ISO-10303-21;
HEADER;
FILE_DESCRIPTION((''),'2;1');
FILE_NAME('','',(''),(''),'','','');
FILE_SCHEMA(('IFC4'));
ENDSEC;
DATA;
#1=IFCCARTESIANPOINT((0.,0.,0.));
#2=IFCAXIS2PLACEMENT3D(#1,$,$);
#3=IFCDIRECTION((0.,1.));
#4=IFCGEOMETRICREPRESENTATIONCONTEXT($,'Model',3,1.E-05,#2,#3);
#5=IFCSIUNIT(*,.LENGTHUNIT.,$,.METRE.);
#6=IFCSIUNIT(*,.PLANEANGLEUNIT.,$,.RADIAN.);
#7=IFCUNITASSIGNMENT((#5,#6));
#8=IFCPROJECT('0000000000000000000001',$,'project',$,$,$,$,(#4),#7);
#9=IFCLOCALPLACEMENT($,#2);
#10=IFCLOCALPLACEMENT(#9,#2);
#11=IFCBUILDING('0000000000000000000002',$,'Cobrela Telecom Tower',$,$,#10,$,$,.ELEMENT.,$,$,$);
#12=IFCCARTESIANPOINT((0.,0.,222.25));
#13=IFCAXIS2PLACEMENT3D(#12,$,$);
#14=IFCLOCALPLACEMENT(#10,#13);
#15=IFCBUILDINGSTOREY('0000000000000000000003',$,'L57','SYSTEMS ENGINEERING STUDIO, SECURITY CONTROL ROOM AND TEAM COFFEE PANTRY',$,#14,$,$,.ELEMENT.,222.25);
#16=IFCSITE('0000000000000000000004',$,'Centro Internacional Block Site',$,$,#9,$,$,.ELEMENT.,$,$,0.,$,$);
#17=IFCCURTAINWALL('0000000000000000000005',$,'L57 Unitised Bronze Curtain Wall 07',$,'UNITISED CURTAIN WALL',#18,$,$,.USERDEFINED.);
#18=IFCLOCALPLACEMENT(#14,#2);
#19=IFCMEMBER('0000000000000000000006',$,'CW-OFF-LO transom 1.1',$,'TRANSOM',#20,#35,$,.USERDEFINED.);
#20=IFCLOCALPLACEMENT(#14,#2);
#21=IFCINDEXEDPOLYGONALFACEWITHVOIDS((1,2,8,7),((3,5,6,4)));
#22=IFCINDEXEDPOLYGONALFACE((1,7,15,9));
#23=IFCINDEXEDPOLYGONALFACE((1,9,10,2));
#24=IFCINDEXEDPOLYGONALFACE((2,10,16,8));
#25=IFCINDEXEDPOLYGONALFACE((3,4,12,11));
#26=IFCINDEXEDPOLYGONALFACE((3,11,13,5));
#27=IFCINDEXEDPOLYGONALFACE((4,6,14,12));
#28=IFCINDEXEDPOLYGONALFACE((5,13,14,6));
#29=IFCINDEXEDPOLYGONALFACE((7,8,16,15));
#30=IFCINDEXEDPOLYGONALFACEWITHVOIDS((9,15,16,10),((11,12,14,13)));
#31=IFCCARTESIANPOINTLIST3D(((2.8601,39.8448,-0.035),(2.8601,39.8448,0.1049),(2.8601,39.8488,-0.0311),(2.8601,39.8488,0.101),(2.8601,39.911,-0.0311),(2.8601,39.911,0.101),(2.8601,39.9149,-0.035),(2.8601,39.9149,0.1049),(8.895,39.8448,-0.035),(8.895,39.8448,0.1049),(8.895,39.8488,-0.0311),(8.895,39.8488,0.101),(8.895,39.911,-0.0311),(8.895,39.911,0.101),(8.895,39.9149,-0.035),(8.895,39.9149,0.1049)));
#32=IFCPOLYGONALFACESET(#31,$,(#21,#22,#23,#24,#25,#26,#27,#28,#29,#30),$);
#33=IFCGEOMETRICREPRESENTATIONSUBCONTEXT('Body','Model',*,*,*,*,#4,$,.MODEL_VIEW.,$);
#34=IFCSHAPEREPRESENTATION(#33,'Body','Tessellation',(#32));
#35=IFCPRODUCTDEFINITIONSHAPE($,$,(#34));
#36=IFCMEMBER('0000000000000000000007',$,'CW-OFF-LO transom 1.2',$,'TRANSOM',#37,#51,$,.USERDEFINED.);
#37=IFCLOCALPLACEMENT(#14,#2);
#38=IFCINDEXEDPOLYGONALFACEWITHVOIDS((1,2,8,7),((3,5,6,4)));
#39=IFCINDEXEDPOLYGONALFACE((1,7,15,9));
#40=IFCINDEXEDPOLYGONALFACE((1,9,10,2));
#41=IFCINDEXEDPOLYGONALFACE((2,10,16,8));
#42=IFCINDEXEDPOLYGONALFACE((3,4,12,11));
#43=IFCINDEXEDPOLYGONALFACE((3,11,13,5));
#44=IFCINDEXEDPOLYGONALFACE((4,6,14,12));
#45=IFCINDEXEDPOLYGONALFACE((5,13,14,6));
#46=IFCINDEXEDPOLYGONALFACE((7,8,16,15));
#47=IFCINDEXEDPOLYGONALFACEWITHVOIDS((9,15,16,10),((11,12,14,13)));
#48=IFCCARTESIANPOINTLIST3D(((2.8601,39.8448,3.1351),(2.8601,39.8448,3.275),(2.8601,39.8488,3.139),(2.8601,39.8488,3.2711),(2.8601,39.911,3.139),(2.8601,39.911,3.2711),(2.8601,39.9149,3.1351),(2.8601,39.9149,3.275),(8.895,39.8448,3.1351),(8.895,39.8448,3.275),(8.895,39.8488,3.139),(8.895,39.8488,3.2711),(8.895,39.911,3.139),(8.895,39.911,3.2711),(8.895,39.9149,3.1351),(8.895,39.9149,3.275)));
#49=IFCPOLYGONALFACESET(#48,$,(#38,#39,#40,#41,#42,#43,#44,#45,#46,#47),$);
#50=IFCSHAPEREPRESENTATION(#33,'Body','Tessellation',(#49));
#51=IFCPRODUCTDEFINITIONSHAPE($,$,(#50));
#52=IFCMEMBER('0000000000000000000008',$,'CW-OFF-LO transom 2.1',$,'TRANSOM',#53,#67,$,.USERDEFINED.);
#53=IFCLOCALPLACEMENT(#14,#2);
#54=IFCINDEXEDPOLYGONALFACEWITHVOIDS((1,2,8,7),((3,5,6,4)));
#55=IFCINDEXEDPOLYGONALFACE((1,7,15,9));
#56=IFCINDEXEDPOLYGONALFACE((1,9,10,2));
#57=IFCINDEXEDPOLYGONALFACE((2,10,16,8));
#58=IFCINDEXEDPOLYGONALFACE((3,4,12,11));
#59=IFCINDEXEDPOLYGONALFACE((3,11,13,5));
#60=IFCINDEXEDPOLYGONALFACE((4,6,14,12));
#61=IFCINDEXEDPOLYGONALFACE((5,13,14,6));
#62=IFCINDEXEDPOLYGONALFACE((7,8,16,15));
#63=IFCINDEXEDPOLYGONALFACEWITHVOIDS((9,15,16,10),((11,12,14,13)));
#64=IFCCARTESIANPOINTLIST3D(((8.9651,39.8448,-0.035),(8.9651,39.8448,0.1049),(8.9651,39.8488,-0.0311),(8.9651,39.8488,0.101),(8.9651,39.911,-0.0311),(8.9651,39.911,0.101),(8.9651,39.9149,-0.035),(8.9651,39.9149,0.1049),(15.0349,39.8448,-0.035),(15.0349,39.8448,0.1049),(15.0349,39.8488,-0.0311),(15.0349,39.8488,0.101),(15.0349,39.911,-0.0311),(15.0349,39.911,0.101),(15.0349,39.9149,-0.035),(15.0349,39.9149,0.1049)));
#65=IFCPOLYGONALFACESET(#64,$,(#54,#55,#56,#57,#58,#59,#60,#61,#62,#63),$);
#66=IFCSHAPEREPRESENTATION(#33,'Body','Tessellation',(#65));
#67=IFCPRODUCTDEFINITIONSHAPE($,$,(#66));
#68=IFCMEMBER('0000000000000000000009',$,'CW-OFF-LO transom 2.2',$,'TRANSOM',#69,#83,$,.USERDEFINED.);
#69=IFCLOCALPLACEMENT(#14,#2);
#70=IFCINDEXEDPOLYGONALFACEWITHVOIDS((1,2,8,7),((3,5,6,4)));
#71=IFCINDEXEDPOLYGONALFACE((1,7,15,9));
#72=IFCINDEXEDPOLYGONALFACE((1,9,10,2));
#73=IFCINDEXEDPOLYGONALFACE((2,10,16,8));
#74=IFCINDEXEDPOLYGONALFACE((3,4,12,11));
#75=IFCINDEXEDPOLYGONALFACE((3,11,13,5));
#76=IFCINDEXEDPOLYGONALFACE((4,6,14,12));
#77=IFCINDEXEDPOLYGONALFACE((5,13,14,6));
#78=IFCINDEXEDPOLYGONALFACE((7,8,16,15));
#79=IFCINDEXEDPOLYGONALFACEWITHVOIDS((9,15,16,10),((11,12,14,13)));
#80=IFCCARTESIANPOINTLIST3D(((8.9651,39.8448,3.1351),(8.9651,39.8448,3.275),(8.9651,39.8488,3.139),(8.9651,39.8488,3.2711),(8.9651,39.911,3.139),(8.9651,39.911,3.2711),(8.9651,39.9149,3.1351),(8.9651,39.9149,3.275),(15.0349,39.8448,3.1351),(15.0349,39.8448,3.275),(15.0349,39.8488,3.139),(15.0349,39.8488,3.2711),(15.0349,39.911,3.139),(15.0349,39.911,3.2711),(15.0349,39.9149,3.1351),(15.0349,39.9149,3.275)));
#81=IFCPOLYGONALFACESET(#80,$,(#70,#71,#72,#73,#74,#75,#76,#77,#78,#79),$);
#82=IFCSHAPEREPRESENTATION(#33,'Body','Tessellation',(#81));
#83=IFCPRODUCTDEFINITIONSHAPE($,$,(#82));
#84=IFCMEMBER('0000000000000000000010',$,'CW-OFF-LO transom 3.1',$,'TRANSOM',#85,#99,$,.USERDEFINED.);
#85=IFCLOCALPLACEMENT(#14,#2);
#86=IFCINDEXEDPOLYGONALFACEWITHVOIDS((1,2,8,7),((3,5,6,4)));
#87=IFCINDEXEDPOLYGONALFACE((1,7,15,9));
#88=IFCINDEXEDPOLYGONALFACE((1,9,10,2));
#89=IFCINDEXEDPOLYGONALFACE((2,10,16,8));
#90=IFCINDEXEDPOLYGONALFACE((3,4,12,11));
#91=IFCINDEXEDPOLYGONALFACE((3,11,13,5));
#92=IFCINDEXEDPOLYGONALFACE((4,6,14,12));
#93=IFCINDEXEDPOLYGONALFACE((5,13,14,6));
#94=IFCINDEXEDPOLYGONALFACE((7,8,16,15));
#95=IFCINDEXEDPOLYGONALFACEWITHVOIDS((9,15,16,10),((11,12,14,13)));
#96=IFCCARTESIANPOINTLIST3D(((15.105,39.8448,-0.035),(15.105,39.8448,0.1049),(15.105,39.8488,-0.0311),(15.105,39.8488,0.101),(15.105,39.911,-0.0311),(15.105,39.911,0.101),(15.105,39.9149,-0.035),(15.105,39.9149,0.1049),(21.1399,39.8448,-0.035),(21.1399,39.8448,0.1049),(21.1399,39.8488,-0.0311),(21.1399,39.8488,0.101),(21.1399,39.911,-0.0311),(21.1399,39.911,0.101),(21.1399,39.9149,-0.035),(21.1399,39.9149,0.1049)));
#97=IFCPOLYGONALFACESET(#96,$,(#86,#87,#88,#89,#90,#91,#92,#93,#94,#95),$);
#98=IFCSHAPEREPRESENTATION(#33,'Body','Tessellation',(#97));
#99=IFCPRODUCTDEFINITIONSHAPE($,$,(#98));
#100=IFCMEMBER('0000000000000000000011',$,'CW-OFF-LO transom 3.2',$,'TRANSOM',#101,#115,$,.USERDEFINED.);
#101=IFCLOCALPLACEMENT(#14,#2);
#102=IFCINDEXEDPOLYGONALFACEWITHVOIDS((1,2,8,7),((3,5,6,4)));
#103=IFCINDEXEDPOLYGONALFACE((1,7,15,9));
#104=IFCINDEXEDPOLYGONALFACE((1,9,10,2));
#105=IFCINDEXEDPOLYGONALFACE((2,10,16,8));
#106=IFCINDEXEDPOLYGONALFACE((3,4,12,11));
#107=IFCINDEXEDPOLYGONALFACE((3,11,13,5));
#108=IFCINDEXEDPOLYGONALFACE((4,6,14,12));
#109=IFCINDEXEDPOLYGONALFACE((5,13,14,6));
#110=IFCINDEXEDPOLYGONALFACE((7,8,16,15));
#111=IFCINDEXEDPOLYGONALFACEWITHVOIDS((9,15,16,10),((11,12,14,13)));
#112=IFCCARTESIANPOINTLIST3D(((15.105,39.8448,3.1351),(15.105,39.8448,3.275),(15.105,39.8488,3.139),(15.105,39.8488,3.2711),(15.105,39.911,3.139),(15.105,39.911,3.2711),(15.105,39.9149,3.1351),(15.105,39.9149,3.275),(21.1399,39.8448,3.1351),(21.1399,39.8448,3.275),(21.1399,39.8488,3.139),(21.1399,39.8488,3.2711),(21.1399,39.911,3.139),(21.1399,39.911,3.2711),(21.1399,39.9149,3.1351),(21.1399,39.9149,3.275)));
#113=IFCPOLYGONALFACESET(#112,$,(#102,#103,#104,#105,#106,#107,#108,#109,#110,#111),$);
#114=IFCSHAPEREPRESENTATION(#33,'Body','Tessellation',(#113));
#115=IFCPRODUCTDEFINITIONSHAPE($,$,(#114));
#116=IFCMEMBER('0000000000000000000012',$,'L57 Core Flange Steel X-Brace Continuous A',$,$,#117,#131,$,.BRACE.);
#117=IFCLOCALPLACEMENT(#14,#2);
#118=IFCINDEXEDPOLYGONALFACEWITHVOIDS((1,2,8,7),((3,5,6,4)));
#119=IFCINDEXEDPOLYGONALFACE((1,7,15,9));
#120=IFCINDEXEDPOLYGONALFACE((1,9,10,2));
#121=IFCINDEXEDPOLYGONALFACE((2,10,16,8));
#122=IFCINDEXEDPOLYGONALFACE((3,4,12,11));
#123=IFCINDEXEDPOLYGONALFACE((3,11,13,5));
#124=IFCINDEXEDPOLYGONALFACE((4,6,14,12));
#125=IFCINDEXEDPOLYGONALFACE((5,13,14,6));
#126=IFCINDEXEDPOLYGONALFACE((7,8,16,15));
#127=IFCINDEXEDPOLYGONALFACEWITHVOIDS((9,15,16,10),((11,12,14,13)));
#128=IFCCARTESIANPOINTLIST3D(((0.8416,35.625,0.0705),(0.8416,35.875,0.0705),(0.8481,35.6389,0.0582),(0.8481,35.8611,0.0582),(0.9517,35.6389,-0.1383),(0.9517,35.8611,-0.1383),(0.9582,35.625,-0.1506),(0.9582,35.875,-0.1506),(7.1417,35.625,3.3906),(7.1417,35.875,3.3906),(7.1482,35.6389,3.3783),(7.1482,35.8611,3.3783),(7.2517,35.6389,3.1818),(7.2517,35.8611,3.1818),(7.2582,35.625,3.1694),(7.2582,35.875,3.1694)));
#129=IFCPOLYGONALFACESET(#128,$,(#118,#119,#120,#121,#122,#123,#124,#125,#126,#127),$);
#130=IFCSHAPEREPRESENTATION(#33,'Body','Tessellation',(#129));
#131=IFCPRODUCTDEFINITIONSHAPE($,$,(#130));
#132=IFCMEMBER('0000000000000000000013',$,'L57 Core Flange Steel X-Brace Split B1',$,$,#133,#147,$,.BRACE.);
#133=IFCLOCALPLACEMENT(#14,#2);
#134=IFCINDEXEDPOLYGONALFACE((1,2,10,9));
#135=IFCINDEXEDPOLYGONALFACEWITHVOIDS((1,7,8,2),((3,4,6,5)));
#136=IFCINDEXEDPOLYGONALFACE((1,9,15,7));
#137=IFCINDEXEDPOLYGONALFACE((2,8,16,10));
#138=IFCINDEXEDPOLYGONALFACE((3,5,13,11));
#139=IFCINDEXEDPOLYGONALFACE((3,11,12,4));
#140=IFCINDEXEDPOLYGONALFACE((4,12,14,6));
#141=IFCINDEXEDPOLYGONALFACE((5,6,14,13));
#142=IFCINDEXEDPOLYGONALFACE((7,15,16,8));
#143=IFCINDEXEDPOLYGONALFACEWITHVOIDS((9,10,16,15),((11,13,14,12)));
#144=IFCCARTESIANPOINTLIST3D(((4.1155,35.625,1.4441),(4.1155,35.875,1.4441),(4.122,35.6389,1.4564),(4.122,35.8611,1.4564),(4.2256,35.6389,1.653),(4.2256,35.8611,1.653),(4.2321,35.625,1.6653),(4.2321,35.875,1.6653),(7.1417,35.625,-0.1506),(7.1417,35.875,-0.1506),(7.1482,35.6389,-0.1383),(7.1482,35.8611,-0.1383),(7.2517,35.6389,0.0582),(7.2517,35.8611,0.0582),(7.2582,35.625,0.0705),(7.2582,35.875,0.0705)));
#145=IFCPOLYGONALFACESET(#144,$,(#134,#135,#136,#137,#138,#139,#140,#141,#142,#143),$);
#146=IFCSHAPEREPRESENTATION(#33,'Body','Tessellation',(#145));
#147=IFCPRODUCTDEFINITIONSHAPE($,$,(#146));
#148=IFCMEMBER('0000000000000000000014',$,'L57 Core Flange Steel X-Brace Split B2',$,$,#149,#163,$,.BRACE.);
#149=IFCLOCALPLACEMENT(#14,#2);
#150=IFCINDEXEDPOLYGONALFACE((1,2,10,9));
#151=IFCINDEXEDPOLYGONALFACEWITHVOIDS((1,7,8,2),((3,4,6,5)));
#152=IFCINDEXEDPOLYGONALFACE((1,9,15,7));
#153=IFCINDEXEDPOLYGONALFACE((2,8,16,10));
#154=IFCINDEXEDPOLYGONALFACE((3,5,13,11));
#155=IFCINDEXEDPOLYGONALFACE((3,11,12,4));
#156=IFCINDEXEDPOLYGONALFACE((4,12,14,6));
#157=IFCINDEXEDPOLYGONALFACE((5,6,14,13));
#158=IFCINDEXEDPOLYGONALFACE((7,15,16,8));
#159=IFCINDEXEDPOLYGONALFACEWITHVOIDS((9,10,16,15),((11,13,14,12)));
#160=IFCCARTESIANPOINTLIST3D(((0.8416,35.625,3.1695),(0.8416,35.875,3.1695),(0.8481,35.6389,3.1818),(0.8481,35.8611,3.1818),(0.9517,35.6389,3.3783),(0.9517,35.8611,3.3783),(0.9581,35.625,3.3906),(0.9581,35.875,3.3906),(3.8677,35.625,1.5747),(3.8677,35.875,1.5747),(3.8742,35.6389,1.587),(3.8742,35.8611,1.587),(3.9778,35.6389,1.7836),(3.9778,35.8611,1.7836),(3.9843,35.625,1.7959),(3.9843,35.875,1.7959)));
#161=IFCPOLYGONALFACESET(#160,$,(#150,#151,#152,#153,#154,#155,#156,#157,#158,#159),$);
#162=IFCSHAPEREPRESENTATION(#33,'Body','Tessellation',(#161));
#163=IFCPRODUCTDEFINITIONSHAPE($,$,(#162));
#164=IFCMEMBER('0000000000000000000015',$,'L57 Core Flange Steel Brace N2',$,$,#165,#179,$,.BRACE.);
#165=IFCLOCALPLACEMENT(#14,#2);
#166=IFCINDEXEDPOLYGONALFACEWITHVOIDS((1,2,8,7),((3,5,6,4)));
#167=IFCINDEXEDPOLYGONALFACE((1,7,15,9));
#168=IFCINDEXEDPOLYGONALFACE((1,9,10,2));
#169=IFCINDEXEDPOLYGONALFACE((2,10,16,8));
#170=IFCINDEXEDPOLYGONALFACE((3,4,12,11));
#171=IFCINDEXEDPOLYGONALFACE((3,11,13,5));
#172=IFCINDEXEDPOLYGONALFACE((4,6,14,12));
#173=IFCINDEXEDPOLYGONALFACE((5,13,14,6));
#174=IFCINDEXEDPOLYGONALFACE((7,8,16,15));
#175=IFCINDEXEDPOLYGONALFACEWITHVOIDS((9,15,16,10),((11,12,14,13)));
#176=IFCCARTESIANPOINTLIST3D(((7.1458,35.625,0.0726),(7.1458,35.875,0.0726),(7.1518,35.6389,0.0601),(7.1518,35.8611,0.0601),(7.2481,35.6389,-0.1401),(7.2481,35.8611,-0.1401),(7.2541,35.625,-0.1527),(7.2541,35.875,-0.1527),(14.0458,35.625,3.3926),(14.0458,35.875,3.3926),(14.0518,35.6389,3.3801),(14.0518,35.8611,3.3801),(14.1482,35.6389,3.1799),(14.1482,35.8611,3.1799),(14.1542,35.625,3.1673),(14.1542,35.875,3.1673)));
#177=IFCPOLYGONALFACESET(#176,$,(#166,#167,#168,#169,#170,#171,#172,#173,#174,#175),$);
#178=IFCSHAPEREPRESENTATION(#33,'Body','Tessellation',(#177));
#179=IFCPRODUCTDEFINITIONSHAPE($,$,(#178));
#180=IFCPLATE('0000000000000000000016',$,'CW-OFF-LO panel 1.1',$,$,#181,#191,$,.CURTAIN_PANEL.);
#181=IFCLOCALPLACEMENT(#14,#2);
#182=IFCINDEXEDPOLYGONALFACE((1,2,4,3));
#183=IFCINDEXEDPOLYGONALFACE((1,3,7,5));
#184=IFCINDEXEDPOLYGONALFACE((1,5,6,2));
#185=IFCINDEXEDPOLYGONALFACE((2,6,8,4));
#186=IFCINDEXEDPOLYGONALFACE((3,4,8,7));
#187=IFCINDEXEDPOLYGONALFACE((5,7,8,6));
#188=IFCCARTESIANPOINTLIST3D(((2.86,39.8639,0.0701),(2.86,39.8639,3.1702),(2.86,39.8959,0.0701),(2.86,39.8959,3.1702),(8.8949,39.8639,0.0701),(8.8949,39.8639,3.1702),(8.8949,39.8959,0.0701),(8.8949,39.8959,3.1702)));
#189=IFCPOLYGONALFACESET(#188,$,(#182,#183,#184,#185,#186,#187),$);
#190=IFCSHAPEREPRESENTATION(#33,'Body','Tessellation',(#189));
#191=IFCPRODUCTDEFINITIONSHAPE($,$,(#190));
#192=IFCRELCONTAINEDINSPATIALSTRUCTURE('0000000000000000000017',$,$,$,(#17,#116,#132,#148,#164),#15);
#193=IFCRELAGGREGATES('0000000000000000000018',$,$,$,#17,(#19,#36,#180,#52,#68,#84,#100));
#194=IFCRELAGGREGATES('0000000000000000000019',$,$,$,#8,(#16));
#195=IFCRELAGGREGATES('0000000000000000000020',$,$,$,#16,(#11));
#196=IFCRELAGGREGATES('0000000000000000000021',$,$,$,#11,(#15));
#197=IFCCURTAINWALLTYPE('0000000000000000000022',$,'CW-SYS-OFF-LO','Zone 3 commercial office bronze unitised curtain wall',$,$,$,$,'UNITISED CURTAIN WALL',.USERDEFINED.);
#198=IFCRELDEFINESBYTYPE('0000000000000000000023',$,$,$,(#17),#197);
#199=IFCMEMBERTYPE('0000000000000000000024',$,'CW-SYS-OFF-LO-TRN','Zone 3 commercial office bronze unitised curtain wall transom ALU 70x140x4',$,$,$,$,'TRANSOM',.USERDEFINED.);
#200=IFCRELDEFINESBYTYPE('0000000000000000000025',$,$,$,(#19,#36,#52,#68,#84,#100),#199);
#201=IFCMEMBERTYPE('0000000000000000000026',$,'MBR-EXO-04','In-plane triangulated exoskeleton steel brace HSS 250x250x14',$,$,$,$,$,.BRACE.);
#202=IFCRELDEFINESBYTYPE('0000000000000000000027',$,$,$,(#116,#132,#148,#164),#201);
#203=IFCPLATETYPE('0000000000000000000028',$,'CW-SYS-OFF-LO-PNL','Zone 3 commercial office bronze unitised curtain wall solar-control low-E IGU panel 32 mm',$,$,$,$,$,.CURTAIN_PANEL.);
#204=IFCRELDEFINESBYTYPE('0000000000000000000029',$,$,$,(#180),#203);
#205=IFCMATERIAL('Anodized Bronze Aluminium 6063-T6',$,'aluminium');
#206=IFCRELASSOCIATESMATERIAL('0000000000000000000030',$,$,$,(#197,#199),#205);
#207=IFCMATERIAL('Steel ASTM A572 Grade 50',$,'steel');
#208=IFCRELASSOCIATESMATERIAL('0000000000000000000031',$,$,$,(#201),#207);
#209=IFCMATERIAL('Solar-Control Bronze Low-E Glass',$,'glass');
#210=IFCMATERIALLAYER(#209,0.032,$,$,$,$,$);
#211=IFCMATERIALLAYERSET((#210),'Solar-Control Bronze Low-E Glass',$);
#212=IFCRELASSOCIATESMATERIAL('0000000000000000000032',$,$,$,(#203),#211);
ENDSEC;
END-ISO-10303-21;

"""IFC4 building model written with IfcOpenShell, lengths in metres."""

from ifc_helpers import new_model, si_unit, direction, frame, origin, origin_2d, place, context, subcontext, project, spatial, rectangle, hollow_rectangle, extrude, material, layer, layer_set, material_profile, profile_set, type_object, element, aggregate, save


model = new_model("IFC4")

# Units and contexts
model_context = context("Model", 3, precision=1e-05, world=origin(), true_north=direction((0.0, 1.0)))
body_context = subcontext(model_context, "Body", "Model", "MODEL_VIEW")
ifc_project = project(units=[si_unit("LENGTHUNIT", "METRE"), si_unit("PLANEANGLEUNIT", "RADIAN")], contexts=[model_context])

# Site, building, storey
site_placement = place(None, origin())
site = spatial("IfcSite", under=ifc_project, at=site_placement, Name="Centro Internacional Block Site", CompositionType="ELEMENT", RefElevation=0.0)
building_placement = place(site_placement, origin())
building = spatial("IfcBuilding", under=site, at=building_placement, Name="Cobrela Telecom Tower", CompositionType="ELEMENT")
storey_placement = place(building_placement, frame((0.0, 0.0, 222.25)))
storey = spatial("IfcBuildingStorey", under=building, at=storey_placement, Name="L57", Description="SYSTEMS ENGINEERING STUDIO, SECURITY CONTROL ROOM AND TEAM COFFEE PANTRY", CompositionType="ELEMENT", Elevation=222.25)

# Shared definitions
ifc_material_1 = material(Name="Steel ASTM A572 Grade 50", Category="steel")

# Curtain wall, members
ifc_material_2 = material(Name="Anodized Bronze Aluminium 6063-T6", Category="aluminium")
curtain_wall_type = type_object("IfcCurtainWallType", Name="CW-SYS-OFF-LO", Description="Zone 3 commercial office bronze unitised curtain wall", ElementType="UNITISED CURTAIN WALL", PredefinedType="USERDEFINED", material=ifc_material_2)
curtain_wall_placement = place(storey_placement, origin())
curtain_wall = element("IfcCurtainWall", 1, at=curtain_wall_placement, inside=storey, type_object=curtain_wall_type, Name="L57 Unitised Bronze Curtain Wall 07", ObjectType="UNITISED CURTAIN WALL", PredefinedType="USERDEFINED")
ifc_material_profile_1 = material_profile(ifc_material_2, hollow_rectangle(XDim=0.0701, YDim=0.1399, WallThickness=0.0039, at=origin_2d()), Name="ALU 70x140x4")
ifc_profile_set_1 = profile_set([ifc_material_profile_1], Name="Anodized Bronze Aluminium 6063-T6")
member_type_1 = type_object("IfcMemberType", Name="CW-SYS-OFF-LO-TRN", Description="Zone 3 commercial office bronze unitised curtain wall transom ALU 70x140x4", ElementType="TRANSOM", PredefinedType="USERDEFINED", material=ifc_profile_set_1)
member_1_placement = place(storey_placement, frame((2.8601, 39.8799, 0.0349), z_axis=(1.0, 0.0, 0.0), x_axis=(0.0, 1.0, 0.0)))
member_1 = element("IfcMember", 2, at=member_1_placement, type_object=member_type_1, Name="CW-OFF-LO transom 1.1", ObjectType="TRANSOM", PredefinedType="USERDEFINED", context=body_context, shape_type="SweptSolid", body=[
    extrude(hollow_rectangle(XDim=0.0701, YDim=0.1399, WallThickness=0.0039, at=origin_2d()), origin(), (0.0, 0.0, 1.0), 6.0349),
])
member_2_placement = place(storey_placement, frame((2.8601, 39.8799, 3.2051), z_axis=(1.0, 0.0, 0.0), x_axis=(0.0, 1.0, 0.0)))
member_2 = element("IfcMember", 3, at=member_2_placement, type_object=member_type_1, Name="CW-OFF-LO transom 1.2", ObjectType="TRANSOM", PredefinedType="USERDEFINED", context=body_context, shape_type="SweptSolid", body=[
    extrude(hollow_rectangle(XDim=0.0701, YDim=0.1399, WallThickness=0.0039, at=origin_2d()), origin(), (0.0, 0.0, 1.0), 6.0349),
])
member_3_placement = place(storey_placement, frame((8.9651, 39.8799, 0.0349), z_axis=(1.0, 0.0, 0.0), x_axis=(0.0, 1.0, 0.0)))
member_3 = element("IfcMember", 4, at=member_3_placement, type_object=member_type_1, Name="CW-OFF-LO transom 2.1", ObjectType="TRANSOM", PredefinedType="USERDEFINED", context=body_context, shape_type="SweptSolid", body=[
    extrude(hollow_rectangle(XDim=0.0701, YDim=0.1399, WallThickness=0.0039, at=origin_2d()), origin(), (0.0, 0.0, 1.0), 6.0698),
])
member_4_placement = place(storey_placement, frame((8.9651, 39.8799, 3.2051), z_axis=(1.0, 0.0, 0.0), x_axis=(0.0, 1.0, 0.0)))
member_4 = element("IfcMember", 5, at=member_4_placement, type_object=member_type_1, Name="CW-OFF-LO transom 2.2", ObjectType="TRANSOM", PredefinedType="USERDEFINED", context=body_context, shape_type="SweptSolid", body=[
    extrude(hollow_rectangle(XDim=0.0701, YDim=0.1399, WallThickness=0.0039, at=origin_2d()), origin(), (0.0, 0.0, 1.0), 6.0698),
])
member_5_placement = place(storey_placement, frame((15.105, 39.8799, 0.0349), z_axis=(1.0, 0.0, 0.0), x_axis=(0.0, 1.0, 0.0)))
member_5 = element("IfcMember", 6, at=member_5_placement, type_object=member_type_1, Name="CW-OFF-LO transom 3.1", ObjectType="TRANSOM", PredefinedType="USERDEFINED", context=body_context, shape_type="SweptSolid", body=[
    extrude(hollow_rectangle(XDim=0.0701, YDim=0.1399, WallThickness=0.0039, at=origin_2d()), origin(), (0.0, 0.0, 1.0), 6.0349),
])
member_6_placement = place(storey_placement, frame((15.105, 39.8799, 3.2051), z_axis=(1.0, 0.0, 0.0), x_axis=(0.0, 1.0, 0.0)))
member_6 = element("IfcMember", 7, at=member_6_placement, type_object=member_type_1, Name="CW-OFF-LO transom 3.2", ObjectType="TRANSOM", PredefinedType="USERDEFINED", context=body_context, shape_type="SweptSolid", body=[
    extrude(hollow_rectangle(XDim=0.0701, YDim=0.1399, WallThickness=0.0039, at=origin_2d()), origin(), (0.0, 0.0, 1.0), 6.0349),
])

# Members
ifc_material_profile_2 = material_profile(ifc_material_1, hollow_rectangle(XDim=0.25, YDim=0.25, WallThickness=0.0139, at=origin_2d()), Name="HSS 250x250x14")
ifc_profile_set_2 = profile_set([ifc_material_profile_2], Name="Steel ASTM A572 Grade 50")
member_type_2 = type_object("IfcMemberType", Name="MBR-EXO-04", Description="In-plane triangulated exoskeleton steel brace HSS 250x250x14", PredefinedType="BRACE", material=ifc_profile_set_2)
member_7_placement = place(storey_placement, frame((0.8999, 35.75, -0.04), z_axis=(0.884672, 0.0, 0.466214), x_axis=(0.0, 1.0, 0.0)))
element("IfcMember", 8, at=member_7_placement, inside=storey, type_object=member_type_2, Name="L57 Core Flange Steel X-Brace Continuous A", PredefinedType="BRACE", context=body_context, shape_type="SweptSolid", body=[
    extrude(hollow_rectangle(XDim=0.25, YDim=0.25, WallThickness=0.0139, at=origin_2d()), origin(), (0.0, 0.0, 1.0), 7.1213),
])
for number, where, z_axis, x_axis, name in (
    (9, (7.2, 35.75, -0.04), (-0.884673, 0.0, 0.466211), (0.0, -1.0, 0.0), "L57 Core Flange Steel X-Brace Split B1"),
    (10, (3.926, 35.75, 1.6853), (-0.884673, 0.0, 0.466211), (0.0, -1.0, 0.0), "L57 Core Flange Steel X-Brace Split B2"),
):
    element("IfcMember", number, at=place(storey_placement, frame(where, z_axis=z_axis, x_axis=x_axis)), inside=storey, type_object=member_type_2, Name=name, PredefinedType="BRACE", context=body_context, shape_type="SweptSolid", body=[
        extrude(hollow_rectangle(XDim=0.25, YDim=0.25, WallThickness=0.0139, at=origin_2d()), origin(), (0.0, 0.0, 1.0), 3.4207),
    ])
member_8_placement = place(storey_placement, frame((7.2, 35.75, -0.04), z_axis=(0.901115, 0.0, 0.43358), x_axis=(0.0, 1.0, 0.0)))
element("IfcMember", 11, at=member_8_placement, inside=storey, type_object=member_type_2, Name="L57 Core Flange Steel Brace N2", PredefinedType="BRACE", context=body_context, shape_type="SweptSolid", body=[
    extrude(hollow_rectangle(XDim=0.25, YDim=0.25, WallThickness=0.0139, at=origin_2d()), origin(), (0.0, 0.0, 1.0), 7.6572),
])

# Plate
ifc_material_3 = material(Name="Solar-Control Bronze Low-E Glass", Category="glass")
ifc_layer_1 = layer(ifc_material_3, 0.032)
ifc_layer_set_1 = layer_set([ifc_layer_1], Name="Solar-Control Bronze Low-E Glass")
plate_type_1 = type_object("IfcPlateType", Name="CW-SYS-OFF-LO-PNL", Description="Zone 3 commercial office bronze unitised curtain wall solar-control low-E IGU panel 32 mm", PredefinedType="CURTAIN_PANEL", material=ifc_layer_set_1)
plate_1_placement = place(storey_placement, frame((5.8774, 39.8799, 0.0701), z_axis=(0.0, 0.0, 1.0), x_axis=(1.0, 0.0, 0.0)))
plate_1 = element("IfcPlate", 12, at=plate_1_placement, type_object=plate_type_1, Name="CW-OFF-LO panel 1.1", PredefinedType="CURTAIN_PANEL", context=body_context, shape_type="SweptSolid", body=[
    extrude(rectangle(XDim=6.0349, YDim=0.032, at=origin_2d()), origin(), (0.0, 0.0, 1.0), 3.1001),
])
aggregate(curtain_wall, [member_1, member_2, plate_1, member_3, member_4, member_5, member_6])

save(model, "model.ifc")
